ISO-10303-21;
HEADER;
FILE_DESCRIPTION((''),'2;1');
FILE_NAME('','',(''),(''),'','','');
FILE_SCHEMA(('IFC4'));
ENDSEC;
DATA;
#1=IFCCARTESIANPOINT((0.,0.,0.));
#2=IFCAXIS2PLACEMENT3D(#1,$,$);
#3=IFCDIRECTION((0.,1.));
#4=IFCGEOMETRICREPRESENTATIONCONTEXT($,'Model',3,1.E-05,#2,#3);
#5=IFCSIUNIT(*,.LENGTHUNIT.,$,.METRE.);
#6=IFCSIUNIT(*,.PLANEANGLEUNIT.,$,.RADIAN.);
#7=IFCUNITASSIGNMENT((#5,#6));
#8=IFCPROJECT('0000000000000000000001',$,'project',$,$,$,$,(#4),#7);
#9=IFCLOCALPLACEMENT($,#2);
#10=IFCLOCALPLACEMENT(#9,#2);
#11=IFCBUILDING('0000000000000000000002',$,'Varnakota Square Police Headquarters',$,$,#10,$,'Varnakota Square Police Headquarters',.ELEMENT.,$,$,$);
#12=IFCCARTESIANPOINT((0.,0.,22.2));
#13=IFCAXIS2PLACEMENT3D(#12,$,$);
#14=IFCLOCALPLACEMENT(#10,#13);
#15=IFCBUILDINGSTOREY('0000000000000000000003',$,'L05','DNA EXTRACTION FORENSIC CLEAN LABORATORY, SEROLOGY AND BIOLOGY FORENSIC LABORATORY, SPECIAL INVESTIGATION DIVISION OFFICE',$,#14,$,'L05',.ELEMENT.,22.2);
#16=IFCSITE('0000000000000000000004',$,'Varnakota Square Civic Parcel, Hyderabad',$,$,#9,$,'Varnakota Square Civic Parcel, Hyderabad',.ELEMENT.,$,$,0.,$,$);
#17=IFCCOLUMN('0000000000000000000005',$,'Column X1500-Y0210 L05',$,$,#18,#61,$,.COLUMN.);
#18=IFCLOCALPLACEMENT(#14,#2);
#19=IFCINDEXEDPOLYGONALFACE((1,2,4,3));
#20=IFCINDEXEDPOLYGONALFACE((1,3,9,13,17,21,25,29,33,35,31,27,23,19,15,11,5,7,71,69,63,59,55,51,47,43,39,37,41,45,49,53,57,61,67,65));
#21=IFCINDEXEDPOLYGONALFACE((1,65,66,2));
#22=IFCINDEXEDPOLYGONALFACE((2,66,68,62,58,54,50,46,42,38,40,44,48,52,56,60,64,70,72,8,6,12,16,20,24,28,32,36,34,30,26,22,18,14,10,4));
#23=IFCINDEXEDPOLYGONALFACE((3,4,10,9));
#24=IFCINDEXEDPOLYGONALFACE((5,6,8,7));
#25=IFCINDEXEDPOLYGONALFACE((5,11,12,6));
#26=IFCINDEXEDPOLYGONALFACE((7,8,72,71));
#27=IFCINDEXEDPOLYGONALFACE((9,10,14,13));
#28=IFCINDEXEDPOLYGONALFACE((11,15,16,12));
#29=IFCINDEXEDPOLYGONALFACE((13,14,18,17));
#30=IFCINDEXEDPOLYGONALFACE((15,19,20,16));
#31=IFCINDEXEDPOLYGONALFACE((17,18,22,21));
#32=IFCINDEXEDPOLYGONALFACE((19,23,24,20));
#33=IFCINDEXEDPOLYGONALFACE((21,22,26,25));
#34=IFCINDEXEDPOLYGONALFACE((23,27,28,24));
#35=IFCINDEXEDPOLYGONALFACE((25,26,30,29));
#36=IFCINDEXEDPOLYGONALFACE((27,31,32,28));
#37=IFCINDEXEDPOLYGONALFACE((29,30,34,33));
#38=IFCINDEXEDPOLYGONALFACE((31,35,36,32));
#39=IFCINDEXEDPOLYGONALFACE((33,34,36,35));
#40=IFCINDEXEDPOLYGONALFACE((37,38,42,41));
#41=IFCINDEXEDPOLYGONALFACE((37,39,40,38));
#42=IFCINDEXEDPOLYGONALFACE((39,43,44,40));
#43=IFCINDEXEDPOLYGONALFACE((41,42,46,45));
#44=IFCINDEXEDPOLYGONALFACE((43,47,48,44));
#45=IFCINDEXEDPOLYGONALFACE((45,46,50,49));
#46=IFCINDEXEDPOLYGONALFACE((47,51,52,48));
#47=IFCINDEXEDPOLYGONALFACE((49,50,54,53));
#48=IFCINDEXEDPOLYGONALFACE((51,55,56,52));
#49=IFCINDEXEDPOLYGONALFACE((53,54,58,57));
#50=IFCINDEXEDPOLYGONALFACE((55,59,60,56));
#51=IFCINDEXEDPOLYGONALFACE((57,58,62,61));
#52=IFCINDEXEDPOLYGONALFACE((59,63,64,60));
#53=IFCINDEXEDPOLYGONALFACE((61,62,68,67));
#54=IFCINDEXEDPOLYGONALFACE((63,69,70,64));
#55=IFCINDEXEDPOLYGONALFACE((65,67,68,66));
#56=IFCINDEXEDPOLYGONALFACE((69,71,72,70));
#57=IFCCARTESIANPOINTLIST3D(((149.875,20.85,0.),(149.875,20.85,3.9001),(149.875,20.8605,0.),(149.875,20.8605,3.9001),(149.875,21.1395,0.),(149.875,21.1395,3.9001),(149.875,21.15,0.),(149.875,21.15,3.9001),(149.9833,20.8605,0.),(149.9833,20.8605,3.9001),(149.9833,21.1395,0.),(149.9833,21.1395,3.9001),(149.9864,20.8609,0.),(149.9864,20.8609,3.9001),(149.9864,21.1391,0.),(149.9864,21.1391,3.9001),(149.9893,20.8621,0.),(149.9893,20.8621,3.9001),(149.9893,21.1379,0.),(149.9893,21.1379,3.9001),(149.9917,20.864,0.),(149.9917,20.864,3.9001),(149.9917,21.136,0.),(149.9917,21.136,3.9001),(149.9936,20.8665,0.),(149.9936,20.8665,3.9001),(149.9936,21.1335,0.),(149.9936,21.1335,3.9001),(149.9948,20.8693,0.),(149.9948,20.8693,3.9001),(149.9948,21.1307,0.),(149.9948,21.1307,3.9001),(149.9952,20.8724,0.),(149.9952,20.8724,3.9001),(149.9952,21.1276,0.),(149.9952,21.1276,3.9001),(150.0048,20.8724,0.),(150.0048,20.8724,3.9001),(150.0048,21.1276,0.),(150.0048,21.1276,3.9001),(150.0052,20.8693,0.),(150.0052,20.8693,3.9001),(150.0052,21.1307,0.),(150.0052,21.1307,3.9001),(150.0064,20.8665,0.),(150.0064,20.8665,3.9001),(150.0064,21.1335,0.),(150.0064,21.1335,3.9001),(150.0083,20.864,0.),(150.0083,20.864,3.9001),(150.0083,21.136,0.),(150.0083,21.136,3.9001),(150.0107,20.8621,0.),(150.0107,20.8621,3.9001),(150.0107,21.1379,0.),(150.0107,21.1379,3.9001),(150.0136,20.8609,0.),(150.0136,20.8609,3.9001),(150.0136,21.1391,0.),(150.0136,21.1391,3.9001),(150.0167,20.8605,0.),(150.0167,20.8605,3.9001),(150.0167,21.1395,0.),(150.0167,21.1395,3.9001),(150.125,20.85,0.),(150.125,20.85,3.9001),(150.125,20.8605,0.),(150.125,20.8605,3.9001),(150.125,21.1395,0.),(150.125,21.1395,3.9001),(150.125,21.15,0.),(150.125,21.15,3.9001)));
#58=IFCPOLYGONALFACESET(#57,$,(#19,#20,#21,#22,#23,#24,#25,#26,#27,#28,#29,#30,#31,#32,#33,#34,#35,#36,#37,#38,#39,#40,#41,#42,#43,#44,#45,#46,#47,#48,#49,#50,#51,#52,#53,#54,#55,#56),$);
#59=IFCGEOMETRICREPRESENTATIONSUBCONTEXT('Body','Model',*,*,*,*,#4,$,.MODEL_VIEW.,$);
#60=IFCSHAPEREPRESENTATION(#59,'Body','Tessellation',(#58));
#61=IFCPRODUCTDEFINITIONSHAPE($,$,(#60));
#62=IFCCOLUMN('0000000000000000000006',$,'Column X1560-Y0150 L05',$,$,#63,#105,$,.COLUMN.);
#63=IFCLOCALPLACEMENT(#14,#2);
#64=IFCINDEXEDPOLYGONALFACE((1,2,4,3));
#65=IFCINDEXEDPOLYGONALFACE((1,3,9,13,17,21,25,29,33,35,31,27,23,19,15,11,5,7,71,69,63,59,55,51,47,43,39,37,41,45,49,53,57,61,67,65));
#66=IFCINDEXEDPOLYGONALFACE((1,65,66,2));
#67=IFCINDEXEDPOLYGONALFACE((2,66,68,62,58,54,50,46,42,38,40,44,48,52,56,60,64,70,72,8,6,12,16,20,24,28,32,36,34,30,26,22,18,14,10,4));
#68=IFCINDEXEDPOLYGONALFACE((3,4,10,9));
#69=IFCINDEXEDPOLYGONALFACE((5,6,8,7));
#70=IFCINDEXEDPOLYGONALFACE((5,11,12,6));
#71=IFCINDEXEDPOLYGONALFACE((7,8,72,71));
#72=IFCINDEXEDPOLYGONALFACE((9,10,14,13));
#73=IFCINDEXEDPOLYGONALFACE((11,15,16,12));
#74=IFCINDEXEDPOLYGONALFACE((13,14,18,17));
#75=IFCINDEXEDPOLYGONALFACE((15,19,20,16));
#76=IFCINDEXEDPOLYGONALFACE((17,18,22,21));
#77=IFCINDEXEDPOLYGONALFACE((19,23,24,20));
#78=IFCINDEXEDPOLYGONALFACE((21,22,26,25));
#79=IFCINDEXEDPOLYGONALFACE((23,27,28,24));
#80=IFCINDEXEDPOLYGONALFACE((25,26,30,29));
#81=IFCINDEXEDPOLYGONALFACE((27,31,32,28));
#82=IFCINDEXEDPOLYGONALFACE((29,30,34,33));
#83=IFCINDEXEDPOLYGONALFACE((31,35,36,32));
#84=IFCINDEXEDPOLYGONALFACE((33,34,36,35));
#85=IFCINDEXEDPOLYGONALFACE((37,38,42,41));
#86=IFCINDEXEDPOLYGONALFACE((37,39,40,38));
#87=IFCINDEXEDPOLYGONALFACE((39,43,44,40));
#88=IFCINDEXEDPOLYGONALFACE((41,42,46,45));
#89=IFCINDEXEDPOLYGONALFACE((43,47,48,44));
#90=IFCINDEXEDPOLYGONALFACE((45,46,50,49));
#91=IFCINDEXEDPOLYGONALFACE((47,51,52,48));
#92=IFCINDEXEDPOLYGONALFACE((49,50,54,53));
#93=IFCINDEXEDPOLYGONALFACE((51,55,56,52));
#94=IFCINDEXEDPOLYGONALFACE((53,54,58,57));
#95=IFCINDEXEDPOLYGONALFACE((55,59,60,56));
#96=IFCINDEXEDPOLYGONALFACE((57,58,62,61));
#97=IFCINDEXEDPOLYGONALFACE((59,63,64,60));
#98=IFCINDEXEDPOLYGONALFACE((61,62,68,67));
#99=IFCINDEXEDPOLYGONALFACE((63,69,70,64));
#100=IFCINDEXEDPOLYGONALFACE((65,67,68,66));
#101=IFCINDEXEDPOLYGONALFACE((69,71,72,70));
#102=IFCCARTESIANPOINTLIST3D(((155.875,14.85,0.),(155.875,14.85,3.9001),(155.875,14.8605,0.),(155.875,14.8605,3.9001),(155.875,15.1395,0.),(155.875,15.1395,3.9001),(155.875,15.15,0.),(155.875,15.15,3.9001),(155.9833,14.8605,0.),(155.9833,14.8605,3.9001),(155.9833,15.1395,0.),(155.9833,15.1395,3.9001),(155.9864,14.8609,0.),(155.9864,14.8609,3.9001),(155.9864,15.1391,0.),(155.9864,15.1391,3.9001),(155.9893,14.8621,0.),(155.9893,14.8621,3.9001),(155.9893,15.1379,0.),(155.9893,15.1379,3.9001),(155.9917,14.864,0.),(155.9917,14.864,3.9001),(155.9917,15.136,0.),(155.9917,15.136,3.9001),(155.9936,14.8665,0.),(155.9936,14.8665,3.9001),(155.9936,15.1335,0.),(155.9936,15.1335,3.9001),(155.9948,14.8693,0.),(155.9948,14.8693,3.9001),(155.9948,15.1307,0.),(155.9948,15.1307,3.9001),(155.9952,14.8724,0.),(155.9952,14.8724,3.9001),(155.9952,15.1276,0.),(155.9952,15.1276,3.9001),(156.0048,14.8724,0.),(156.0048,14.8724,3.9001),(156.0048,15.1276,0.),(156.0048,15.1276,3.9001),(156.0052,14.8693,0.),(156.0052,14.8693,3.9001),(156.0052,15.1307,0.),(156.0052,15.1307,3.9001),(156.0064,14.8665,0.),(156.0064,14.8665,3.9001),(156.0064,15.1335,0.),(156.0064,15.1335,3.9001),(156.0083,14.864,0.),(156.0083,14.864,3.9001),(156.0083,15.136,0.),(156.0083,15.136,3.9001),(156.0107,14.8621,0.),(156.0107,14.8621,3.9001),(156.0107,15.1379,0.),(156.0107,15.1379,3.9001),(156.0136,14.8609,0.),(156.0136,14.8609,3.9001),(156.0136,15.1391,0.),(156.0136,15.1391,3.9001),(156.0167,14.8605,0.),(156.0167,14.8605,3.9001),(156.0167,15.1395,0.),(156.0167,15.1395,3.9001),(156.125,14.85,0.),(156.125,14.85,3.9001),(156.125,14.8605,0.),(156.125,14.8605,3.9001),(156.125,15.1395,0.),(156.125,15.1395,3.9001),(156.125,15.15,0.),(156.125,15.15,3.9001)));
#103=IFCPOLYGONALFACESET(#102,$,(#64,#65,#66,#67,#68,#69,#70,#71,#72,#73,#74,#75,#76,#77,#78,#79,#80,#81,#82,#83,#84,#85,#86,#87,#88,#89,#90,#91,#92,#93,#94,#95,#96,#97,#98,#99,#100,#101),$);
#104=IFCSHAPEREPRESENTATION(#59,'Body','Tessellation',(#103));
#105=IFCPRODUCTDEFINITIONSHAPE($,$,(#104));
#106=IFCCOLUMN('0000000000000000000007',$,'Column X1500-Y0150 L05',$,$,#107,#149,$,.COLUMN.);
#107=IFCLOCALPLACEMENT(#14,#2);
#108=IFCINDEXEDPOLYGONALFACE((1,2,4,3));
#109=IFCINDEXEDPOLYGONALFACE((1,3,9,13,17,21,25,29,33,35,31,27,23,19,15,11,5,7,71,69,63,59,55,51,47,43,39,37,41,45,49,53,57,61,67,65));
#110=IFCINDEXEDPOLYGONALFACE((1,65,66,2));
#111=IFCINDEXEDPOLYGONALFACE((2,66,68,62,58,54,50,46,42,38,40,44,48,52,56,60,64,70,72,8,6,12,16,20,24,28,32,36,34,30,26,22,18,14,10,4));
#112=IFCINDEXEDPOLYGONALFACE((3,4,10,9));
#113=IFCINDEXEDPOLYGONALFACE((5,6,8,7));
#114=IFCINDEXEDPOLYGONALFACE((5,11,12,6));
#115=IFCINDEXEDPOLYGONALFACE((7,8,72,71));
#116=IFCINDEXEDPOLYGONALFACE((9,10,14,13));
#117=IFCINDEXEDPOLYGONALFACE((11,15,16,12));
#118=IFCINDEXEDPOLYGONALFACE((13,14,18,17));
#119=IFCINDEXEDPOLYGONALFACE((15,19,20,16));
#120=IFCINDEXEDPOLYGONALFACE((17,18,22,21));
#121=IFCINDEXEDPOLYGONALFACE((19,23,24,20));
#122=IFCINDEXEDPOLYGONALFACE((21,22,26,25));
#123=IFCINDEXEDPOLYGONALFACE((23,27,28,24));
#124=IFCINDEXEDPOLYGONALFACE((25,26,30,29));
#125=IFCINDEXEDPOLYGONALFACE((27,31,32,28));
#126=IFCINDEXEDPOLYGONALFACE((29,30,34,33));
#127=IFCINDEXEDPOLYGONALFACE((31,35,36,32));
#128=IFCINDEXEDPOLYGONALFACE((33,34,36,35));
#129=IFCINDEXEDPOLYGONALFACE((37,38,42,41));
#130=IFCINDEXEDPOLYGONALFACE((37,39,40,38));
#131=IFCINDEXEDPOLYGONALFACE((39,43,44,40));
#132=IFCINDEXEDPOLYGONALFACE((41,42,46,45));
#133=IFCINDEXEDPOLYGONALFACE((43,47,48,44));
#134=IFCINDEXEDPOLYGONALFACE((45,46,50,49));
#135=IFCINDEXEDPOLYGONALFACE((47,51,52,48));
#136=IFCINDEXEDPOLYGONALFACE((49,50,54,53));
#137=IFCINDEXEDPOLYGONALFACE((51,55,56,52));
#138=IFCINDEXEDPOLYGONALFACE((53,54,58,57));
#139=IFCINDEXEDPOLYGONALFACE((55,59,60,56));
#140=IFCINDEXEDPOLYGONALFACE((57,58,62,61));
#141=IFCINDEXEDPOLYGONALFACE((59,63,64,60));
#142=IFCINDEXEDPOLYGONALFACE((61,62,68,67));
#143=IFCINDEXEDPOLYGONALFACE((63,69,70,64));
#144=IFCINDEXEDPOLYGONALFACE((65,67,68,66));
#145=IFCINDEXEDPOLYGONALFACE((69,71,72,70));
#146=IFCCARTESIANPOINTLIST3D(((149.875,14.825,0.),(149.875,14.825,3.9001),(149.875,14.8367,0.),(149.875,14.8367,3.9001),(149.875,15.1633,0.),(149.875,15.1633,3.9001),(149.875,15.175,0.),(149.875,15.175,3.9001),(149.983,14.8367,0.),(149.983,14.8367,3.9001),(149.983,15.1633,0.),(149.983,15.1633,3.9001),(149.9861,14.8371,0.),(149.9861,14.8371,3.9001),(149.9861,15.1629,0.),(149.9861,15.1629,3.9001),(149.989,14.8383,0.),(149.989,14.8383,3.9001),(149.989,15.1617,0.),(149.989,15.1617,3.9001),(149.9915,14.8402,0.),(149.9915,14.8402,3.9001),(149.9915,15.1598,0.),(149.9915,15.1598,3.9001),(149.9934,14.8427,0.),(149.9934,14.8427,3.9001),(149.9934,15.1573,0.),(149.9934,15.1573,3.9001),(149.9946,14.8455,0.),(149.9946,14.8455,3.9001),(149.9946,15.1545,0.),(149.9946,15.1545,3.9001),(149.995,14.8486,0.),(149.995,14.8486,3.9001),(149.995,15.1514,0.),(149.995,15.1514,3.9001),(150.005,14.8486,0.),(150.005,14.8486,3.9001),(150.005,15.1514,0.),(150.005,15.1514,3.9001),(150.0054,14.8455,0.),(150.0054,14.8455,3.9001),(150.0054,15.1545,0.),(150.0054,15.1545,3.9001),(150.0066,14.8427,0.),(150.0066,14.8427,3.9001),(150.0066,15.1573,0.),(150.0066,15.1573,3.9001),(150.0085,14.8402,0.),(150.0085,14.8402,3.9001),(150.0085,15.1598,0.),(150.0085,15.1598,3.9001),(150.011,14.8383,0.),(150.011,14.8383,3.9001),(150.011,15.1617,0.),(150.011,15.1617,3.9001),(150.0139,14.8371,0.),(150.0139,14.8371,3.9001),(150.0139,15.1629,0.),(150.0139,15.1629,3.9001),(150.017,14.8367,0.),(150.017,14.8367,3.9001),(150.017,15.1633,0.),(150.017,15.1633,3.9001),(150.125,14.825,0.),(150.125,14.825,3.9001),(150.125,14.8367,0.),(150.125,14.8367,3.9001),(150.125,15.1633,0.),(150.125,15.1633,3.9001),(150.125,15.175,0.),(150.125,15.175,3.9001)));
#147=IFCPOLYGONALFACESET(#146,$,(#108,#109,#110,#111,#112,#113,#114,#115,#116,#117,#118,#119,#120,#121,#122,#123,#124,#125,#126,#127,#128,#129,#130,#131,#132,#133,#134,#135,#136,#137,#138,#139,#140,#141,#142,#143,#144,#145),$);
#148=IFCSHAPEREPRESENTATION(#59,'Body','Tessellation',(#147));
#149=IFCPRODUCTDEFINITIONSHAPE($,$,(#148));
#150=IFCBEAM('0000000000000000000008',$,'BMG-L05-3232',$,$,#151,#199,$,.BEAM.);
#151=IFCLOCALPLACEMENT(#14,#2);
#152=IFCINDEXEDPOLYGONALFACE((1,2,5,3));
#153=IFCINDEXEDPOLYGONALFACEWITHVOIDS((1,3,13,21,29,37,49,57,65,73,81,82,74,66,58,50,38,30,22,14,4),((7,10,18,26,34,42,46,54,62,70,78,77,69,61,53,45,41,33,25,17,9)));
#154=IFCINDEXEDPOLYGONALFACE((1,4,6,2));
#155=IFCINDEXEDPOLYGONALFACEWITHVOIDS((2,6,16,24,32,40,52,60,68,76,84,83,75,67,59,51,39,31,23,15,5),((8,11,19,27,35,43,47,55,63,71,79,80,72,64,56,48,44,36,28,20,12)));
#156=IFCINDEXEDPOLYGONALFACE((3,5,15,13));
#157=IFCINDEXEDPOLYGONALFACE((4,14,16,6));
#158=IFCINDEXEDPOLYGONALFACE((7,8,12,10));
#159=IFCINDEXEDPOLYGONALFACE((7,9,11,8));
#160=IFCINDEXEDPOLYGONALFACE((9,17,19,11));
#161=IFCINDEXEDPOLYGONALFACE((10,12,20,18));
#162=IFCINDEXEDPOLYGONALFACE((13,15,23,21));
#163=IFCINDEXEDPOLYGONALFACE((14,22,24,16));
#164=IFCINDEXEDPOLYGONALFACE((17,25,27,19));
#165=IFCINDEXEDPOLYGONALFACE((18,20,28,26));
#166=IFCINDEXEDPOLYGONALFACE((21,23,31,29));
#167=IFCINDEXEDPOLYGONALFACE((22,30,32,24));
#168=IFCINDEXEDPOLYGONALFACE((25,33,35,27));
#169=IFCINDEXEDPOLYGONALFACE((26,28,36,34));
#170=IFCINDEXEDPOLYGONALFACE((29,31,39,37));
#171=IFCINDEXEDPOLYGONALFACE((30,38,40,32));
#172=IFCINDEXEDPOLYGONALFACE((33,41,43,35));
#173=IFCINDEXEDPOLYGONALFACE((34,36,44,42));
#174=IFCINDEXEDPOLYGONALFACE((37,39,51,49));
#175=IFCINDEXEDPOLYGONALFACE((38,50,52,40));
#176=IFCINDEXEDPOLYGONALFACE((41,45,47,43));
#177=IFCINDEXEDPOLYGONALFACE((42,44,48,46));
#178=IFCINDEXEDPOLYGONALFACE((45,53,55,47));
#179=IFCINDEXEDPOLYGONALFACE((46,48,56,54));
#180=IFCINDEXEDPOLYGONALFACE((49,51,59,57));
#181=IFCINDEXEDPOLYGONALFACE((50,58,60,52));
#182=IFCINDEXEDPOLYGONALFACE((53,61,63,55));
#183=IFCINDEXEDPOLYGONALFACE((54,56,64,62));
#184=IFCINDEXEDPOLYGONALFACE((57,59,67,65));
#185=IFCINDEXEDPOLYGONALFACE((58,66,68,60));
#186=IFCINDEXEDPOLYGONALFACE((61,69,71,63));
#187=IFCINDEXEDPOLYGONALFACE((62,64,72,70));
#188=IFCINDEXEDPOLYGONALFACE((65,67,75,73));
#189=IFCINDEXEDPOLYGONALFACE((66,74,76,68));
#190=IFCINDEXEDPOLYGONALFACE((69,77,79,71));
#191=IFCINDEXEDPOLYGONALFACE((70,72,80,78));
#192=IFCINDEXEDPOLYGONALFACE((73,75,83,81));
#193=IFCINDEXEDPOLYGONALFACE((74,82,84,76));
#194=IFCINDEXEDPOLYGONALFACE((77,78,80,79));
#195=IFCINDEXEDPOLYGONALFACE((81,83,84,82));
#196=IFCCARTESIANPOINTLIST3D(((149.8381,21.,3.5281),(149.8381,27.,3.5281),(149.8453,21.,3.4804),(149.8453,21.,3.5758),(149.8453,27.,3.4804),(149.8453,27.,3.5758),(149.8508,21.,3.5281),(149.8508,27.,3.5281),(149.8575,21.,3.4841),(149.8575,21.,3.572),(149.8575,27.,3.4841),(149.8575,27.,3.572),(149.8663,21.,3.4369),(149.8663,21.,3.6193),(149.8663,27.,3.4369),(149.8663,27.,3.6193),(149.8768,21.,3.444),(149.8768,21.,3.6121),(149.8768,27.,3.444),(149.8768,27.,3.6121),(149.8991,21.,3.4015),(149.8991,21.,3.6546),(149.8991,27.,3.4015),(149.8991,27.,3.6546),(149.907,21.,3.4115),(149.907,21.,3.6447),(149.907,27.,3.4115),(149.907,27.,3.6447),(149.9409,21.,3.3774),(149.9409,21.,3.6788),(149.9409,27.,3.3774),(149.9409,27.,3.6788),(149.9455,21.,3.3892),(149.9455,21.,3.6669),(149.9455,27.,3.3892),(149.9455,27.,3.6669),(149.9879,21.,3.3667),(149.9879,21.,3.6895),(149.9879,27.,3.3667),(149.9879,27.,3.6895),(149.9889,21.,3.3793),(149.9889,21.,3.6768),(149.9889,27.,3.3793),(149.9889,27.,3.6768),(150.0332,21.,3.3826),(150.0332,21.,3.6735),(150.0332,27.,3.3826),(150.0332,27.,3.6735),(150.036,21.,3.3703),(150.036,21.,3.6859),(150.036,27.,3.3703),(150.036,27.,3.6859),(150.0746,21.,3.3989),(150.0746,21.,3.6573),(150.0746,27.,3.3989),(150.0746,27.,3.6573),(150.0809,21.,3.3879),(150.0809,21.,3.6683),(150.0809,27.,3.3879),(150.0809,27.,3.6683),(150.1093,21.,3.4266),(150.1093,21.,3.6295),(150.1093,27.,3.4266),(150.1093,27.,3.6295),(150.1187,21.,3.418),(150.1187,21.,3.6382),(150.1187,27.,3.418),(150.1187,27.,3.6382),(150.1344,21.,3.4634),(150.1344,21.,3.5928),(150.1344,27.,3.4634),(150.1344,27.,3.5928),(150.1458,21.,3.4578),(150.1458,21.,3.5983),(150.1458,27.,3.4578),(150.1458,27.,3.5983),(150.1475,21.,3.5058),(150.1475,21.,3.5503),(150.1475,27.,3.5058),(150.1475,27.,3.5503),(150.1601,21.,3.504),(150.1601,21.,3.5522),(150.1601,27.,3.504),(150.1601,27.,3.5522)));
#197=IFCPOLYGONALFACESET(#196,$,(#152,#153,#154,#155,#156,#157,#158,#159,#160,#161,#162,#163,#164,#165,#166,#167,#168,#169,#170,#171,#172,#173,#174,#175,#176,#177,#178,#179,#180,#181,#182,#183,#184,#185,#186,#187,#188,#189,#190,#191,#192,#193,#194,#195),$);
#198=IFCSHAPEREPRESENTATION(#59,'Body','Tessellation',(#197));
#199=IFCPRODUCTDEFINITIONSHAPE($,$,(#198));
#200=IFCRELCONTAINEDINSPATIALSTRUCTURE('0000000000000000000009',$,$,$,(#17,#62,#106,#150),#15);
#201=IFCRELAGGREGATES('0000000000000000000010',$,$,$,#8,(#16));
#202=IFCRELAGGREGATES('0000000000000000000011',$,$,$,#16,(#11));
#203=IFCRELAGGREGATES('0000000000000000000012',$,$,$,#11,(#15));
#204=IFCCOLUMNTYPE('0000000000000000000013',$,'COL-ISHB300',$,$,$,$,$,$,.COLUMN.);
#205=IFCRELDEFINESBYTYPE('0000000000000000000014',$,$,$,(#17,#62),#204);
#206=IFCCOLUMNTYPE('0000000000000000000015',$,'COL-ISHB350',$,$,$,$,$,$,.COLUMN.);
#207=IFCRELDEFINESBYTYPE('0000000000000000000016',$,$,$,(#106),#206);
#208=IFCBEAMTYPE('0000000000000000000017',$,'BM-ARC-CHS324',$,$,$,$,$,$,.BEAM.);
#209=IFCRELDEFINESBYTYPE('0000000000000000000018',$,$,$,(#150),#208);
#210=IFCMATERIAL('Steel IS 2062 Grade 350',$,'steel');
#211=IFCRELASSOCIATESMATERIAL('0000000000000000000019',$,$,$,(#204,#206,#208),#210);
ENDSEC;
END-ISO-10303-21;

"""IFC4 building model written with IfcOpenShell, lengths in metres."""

from ifc_helpers import new_model, si_unit, direction, frame, origin, origin_2d, place, context, subcontext, project, spatial, hollow_circle, i_section, extrude, material, material_profile, profile_set, type_object, element, save


model = new_model("IFC4")

# Units and contexts
model_context = context("Model", 3, precision=1e-05, world=origin(), true_north=direction((0.0, 1.0)))
body_context = subcontext(model_context, "Body", "Model", "MODEL_VIEW")
ifc_project = project(units=[si_unit("LENGTHUNIT", "METRE"), si_unit("PLANEANGLEUNIT", "RADIAN")], contexts=[model_context])

# Site, building, storey
site_placement = place(None, origin())
site = spatial("IfcSite", under=ifc_project, at=site_placement, Name="Varnakota Square Civic Parcel, Hyderabad", LongName="Varnakota Square Civic Parcel, Hyderabad", CompositionType="ELEMENT", RefElevation=0.0)
building_placement = place(site_placement, origin())
building = spatial("IfcBuilding", under=site, at=building_placement, Name="Varnakota Square Police Headquarters", LongName="Varnakota Square Police Headquarters", CompositionType="ELEMENT")
storey_placement = place(building_placement, frame((0.0, 0.0, 22.2)))
storey = spatial("IfcBuildingStorey", under=building, at=storey_placement, Name="L05", Description="DNA EXTRACTION FORENSIC CLEAN LABORATORY, SEROLOGY AND BIOLOGY FORENSIC LABORATORY, SPECIAL INVESTIGATION DIVISION OFFICE", LongName="L05", CompositionType="ELEMENT", Elevation=22.2)

# Columns
ifc_material_1 = material(Name="Steel IS 2062 Grade 350", Category="steel")
ifc_material_profile_1 = material_profile(ifc_material_1, i_section(OverallWidth=0.25, OverallDepth=0.3, WebThickness=0.0095, FlangeThickness=0.0105, FilletRadius=0.012, at=origin_2d()), Name="ISHB 300")
ifc_profile_set_1 = profile_set([ifc_material_profile_1], Name="Steel IS 2062 Grade 350")
column_type_1 = type_object("IfcColumnType", Name="COL-ISHB300", PredefinedType="COLUMN", material=ifc_profile_set_1)
for number, where, z_axis, x_axis, name in (
    (1, (150.0, 21.0, 0.0), (0.0, 0.0, 1.0), (1.0, 0.0, 0.0), "Column X1500-Y0210 L05"),
    (2, (156.0, 15.0, 0.0), (0.0, 0.0, 1.0), (1.0, 0.0, 0.0), "Column X1560-Y0150 L05"),
):
    element("IfcColumn", number, at=place(storey_placement, frame(where, z_axis=z_axis, x_axis=x_axis)), inside=storey, type_object=column_type_1, Name=name, PredefinedType="COLUMN", context=body_context, shape_type="SweptSolid", body=[
        extrude(i_section(OverallWidth=0.25, OverallDepth=0.3, WebThickness=0.0095, FlangeThickness=0.0105, FilletRadius=0.012, at=origin_2d()), origin(), (0.0, 0.0, 1.0), 3.9001),
    ])
ifc_material_profile_2 = material_profile(ifc_material_1, i_section(OverallWidth=0.25, OverallDepth=0.3501, WebThickness=0.01, FlangeThickness=0.0117, FilletRadius=0.012, at=origin_2d()), Name="ISHB 350")
ifc_profile_set_2 = profile_set([ifc_material_profile_2], Name="Steel IS 2062 Grade 350")
column_type_2 = type_object("IfcColumnType", Name="COL-ISHB350", PredefinedType="COLUMN", material=ifc_profile_set_2)
column_placement = place(storey_placement, frame((150.0, 15.0, 0.0), z_axis=(0.0, 0.0, 1.0), x_axis=(1.0, 0.0, 0.0)))
element("IfcColumn", 3, at=column_placement, inside=storey, type_object=column_type_2, Name="Column X1500-Y0150 L05", PredefinedType="COLUMN", context=body_context, shape_type="SweptSolid", body=[
    extrude(i_section(OverallWidth=0.25, OverallDepth=0.3501, WebThickness=0.01, FlangeThickness=0.0117, FilletRadius=0.012, at=origin_2d()), origin(), (0.0, 0.0, 1.0), 3.9001),
])

# Beam
ifc_material_profile_3 = material_profile(ifc_material_1, hollow_circle(Radius=0.1619, WallThickness=0.0127, at=origin_2d()), Name="CHS 323.9x12.7")
ifc_profile_set_3 = profile_set([ifc_material_profile_3], Name="Steel IS 2062 Grade 350")
beam_type_1 = type_object("IfcBeamType", Name="BM-ARC-CHS324", PredefinedType="BEAM", material=ifc_profile_set_3)
beam_1_placement = place(storey_placement, frame((150.0, 21.0, 3.5281), z_axis=(0.0, 1.0, 0.0), x_axis=(-1.0, 0.0, 0.0)))
element("IfcBeam", 4, at=beam_1_placement, inside=storey, type_object=beam_type_1, Name="BMG-L05-3232", PredefinedType="BEAM", context=body_context, shape_type="SweptSolid", body=[
    extrude(hollow_circle(Radius=0.1619, WallThickness=0.0127, at=origin_2d()), origin(), (0.0, 0.0, 1.0), 6.0),
])

save(model, "model.ifc")
